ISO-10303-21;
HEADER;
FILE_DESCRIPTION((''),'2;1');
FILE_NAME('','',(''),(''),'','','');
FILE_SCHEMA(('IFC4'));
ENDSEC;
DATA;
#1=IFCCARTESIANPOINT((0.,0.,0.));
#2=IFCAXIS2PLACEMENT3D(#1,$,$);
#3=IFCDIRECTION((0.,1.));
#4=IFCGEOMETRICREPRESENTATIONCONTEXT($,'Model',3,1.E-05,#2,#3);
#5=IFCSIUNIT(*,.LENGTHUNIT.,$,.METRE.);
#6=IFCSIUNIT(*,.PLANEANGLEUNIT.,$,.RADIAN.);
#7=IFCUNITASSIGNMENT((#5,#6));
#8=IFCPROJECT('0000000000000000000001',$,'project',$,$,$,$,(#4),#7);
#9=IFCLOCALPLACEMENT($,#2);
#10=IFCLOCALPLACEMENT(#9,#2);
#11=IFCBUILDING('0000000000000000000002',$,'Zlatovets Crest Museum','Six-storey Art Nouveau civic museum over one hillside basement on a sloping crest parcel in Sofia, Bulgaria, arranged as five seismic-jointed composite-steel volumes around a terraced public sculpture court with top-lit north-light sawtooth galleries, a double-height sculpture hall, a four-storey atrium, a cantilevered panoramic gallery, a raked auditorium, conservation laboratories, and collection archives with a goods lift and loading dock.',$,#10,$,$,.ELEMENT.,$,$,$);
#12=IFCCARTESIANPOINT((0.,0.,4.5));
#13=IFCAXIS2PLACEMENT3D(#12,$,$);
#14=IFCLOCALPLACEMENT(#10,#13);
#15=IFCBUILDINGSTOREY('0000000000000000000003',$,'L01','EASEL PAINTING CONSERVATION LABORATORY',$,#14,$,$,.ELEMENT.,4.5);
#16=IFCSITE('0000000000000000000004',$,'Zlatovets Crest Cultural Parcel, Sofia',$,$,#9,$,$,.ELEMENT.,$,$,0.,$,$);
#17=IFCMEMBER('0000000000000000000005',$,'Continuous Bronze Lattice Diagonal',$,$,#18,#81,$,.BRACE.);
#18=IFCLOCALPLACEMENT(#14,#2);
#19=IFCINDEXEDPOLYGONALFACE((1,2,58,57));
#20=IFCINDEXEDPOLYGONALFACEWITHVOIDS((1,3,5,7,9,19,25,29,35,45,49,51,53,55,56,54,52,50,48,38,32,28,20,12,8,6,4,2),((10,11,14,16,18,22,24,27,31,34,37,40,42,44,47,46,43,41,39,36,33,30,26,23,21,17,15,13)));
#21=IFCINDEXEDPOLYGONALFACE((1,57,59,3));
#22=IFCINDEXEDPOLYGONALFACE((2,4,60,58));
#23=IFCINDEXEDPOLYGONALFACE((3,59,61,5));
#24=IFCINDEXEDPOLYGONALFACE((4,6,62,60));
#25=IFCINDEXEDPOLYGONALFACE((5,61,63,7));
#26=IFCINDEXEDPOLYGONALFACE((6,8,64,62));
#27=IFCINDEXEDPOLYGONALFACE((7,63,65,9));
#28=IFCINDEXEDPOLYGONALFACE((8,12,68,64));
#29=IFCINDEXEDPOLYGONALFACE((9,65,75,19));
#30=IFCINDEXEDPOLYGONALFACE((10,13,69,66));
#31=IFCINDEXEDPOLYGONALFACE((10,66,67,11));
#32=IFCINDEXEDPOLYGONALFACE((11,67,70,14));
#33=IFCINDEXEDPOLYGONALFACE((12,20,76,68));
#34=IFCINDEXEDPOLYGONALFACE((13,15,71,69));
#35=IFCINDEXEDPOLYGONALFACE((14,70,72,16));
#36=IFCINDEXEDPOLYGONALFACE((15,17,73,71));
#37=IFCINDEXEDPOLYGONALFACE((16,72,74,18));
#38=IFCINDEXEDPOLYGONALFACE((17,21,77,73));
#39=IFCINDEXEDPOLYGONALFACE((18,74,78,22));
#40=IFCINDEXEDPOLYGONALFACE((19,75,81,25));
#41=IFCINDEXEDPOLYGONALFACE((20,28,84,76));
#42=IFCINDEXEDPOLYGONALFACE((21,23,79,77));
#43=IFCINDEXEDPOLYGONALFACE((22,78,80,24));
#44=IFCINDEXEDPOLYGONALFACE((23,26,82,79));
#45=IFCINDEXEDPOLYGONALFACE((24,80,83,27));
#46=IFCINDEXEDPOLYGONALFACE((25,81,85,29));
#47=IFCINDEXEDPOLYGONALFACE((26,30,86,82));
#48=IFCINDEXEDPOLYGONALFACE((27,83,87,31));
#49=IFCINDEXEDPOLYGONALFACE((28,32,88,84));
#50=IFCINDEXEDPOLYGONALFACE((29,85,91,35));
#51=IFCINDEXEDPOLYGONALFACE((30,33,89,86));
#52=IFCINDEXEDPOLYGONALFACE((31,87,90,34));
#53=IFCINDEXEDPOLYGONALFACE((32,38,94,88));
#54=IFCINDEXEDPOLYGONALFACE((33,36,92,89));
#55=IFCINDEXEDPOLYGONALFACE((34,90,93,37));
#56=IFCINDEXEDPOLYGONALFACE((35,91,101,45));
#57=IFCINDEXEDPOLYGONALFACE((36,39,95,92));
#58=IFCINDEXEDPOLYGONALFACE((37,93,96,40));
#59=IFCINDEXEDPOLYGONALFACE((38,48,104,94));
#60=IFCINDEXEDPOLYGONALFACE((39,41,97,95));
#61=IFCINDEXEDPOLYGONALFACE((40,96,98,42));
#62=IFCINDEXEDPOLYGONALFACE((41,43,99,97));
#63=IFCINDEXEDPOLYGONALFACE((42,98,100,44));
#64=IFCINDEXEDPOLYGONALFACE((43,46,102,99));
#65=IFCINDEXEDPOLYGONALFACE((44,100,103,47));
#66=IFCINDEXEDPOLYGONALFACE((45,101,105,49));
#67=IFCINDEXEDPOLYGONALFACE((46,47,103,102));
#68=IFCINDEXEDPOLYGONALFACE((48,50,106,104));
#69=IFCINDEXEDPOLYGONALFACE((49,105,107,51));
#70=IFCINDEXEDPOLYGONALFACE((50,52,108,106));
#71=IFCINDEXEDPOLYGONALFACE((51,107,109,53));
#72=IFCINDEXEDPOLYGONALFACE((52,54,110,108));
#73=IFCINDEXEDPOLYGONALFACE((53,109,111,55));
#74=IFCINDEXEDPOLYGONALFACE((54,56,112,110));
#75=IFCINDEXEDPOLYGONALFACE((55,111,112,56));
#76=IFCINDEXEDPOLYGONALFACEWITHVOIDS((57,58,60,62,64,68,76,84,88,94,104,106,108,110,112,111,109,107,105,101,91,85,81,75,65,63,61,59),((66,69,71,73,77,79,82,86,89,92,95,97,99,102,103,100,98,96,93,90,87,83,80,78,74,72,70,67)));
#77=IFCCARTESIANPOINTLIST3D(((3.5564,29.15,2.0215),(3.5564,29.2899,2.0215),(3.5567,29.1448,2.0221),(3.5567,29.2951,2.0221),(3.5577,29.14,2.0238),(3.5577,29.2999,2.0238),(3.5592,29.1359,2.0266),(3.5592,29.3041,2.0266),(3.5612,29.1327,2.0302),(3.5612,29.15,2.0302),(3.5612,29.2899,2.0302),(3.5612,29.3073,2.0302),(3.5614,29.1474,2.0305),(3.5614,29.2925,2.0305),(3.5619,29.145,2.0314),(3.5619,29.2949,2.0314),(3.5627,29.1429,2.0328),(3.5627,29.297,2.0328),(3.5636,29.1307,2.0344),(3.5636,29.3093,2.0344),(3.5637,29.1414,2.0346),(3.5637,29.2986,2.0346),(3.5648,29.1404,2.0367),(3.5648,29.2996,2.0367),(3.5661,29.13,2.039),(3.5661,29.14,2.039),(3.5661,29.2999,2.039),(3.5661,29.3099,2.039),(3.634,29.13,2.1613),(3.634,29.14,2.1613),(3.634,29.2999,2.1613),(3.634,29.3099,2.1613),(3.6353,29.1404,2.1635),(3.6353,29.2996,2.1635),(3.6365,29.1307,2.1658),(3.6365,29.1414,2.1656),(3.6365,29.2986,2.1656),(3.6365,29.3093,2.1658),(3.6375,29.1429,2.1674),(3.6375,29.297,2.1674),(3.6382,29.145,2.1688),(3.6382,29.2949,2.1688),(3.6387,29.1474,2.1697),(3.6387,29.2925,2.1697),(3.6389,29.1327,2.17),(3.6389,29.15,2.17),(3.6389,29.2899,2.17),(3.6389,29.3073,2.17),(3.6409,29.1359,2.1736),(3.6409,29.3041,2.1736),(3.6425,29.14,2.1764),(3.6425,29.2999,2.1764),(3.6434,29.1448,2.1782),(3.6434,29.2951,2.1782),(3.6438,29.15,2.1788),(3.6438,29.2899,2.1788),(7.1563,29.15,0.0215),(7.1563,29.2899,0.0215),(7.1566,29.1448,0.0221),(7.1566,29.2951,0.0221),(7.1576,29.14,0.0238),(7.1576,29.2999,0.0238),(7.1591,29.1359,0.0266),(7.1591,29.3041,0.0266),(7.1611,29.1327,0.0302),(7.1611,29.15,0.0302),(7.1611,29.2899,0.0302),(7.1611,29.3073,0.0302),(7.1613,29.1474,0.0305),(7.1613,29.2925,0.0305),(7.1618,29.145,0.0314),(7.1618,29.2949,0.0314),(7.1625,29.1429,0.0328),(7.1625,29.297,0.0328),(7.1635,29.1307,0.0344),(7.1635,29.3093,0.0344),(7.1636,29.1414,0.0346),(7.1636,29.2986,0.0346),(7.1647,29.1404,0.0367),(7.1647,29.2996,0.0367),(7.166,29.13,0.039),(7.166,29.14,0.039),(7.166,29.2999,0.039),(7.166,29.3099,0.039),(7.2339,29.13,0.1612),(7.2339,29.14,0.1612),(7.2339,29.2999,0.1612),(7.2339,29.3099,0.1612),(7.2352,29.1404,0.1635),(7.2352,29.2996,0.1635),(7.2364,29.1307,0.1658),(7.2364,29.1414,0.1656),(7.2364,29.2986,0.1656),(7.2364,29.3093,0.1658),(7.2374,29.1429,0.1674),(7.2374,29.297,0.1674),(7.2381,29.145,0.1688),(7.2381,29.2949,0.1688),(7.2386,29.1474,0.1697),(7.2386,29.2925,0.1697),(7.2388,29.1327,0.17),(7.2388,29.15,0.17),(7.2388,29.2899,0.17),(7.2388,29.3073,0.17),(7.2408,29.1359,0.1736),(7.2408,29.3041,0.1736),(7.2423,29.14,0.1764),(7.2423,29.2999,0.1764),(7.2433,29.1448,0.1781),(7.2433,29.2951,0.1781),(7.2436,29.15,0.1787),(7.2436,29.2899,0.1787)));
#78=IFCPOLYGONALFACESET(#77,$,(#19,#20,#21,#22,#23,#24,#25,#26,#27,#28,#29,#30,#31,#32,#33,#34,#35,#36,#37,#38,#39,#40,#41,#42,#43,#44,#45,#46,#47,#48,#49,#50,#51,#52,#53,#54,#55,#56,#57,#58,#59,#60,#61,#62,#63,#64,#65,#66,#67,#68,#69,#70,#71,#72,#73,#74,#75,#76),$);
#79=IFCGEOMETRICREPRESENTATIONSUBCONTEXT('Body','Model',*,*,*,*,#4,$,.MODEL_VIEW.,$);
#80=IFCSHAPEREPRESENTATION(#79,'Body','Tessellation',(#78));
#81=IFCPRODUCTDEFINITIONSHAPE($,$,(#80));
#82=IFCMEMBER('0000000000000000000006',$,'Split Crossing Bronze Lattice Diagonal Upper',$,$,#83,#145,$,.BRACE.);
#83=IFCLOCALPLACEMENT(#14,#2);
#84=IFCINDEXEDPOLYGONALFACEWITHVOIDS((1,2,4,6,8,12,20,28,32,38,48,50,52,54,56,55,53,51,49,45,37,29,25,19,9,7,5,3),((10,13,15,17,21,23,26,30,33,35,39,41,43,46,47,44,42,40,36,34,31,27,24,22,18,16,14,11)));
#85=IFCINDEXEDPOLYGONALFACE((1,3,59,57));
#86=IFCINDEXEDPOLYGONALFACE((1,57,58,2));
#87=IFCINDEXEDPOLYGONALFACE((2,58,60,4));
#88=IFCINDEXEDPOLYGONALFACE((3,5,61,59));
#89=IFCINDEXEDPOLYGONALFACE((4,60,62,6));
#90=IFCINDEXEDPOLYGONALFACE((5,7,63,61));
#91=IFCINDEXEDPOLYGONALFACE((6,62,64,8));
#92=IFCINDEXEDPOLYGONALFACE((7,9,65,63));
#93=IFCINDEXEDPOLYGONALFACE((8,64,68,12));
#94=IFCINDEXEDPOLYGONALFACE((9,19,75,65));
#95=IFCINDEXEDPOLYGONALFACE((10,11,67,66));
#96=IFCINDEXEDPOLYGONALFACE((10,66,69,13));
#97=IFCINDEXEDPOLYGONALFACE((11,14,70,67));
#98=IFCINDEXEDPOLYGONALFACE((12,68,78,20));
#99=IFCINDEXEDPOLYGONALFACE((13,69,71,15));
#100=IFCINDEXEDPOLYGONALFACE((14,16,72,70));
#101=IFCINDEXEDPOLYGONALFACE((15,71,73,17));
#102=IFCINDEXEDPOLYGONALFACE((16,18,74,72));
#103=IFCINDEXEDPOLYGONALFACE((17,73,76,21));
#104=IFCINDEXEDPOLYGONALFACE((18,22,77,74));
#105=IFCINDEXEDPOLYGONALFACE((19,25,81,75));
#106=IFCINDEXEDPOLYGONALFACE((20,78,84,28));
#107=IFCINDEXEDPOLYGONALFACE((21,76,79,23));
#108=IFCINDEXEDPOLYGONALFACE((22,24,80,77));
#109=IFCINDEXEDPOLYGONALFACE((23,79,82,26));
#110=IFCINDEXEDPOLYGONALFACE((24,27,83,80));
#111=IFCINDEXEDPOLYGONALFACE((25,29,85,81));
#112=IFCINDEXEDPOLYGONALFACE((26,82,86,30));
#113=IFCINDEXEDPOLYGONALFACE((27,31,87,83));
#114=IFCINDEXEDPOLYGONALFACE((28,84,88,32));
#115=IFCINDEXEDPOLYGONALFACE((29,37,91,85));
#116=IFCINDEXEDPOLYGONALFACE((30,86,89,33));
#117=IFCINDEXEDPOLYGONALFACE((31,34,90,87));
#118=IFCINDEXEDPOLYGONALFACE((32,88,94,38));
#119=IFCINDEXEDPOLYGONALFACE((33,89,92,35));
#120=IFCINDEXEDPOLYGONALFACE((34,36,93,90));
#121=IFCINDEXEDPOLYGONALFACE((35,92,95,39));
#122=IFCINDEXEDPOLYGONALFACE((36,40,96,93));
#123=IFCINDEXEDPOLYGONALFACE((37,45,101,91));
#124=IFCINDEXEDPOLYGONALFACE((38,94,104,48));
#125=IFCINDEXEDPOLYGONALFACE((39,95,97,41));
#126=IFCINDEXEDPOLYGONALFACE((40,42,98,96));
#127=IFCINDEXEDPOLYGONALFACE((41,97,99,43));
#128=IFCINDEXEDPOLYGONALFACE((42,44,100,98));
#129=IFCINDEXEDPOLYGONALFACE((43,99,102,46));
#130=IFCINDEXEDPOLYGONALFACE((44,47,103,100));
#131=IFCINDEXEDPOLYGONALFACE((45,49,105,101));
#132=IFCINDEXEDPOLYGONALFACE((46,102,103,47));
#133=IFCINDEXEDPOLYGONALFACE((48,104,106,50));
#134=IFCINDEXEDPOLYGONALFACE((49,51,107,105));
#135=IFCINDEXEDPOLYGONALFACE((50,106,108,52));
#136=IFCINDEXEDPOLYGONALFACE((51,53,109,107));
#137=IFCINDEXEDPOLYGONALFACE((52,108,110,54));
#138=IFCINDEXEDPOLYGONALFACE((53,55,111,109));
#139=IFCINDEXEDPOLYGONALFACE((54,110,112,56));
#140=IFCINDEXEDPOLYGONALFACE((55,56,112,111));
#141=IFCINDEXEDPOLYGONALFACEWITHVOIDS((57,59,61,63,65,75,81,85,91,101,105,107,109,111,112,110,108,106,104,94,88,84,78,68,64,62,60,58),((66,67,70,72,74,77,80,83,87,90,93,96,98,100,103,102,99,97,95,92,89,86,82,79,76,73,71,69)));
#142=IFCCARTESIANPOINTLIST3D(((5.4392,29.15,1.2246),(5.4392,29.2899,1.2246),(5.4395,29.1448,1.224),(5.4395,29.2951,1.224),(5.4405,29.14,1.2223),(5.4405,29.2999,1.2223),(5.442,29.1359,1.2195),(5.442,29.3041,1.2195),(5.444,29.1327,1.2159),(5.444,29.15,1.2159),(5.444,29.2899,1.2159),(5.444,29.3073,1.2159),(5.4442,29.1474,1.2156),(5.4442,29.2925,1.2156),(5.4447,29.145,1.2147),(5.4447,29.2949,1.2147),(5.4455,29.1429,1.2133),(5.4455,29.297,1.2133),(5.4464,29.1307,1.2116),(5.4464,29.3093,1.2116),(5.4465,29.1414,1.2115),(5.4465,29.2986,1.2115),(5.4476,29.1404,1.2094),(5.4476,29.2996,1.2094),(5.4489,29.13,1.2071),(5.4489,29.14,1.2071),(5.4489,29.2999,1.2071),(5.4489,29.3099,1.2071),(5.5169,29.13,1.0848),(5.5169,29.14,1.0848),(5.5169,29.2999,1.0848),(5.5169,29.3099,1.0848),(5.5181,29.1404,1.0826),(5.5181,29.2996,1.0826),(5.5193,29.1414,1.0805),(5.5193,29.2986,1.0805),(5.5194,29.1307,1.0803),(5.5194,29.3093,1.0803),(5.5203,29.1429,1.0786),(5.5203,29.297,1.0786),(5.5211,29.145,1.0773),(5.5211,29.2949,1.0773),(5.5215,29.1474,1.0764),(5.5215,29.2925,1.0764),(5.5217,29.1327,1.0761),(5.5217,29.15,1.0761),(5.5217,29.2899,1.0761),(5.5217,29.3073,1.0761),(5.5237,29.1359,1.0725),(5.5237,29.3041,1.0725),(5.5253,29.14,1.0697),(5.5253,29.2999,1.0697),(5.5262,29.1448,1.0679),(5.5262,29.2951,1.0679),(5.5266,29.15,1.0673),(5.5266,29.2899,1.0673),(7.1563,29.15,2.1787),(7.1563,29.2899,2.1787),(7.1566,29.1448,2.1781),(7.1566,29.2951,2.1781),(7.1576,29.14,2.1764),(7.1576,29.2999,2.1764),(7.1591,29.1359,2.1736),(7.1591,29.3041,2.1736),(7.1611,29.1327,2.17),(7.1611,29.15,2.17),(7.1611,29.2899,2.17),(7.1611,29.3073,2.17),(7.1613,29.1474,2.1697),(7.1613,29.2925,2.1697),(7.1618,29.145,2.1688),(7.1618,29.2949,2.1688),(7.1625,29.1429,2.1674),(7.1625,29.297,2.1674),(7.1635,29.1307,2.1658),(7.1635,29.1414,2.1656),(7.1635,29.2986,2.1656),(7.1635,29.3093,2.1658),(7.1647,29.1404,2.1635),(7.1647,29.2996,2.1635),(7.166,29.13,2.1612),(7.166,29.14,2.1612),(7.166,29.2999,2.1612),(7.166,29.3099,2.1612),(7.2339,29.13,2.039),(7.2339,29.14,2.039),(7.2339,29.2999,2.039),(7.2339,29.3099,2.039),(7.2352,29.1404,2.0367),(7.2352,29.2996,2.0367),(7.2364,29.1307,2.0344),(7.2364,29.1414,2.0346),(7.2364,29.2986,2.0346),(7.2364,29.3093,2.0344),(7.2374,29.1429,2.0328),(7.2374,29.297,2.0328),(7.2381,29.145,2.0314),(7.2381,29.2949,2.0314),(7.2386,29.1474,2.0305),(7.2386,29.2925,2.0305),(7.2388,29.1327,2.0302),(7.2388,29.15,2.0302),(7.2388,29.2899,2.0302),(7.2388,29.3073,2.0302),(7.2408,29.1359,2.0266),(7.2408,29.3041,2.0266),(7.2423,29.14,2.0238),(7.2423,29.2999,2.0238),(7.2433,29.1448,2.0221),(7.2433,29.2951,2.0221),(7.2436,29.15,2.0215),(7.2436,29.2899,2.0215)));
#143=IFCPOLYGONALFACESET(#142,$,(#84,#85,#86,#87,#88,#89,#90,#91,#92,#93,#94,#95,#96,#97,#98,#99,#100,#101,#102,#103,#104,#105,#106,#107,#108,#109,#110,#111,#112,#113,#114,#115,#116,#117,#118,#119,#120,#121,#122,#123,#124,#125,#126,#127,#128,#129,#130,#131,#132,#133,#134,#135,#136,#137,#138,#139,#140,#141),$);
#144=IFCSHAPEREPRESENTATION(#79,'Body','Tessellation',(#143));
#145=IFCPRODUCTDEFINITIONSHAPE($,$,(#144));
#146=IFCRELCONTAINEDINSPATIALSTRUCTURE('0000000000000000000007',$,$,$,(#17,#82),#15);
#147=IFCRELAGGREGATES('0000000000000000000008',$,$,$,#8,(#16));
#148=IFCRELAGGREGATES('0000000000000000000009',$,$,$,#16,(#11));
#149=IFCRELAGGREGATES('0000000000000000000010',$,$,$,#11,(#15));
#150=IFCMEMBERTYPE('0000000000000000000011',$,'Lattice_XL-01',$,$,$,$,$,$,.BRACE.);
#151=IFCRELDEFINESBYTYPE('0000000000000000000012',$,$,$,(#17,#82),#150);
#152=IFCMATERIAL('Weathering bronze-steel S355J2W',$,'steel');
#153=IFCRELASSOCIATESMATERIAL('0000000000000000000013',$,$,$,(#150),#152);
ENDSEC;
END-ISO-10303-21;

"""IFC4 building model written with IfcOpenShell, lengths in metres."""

from ifc_helpers import new_model, si_unit, direction, frame, origin, origin_2d, place, context, subcontext, project, spatial, hollow_rectangle, extrude, material, material_profile, profile_set, type_object, element, save


model = new_model("IFC4")

# Units and contexts
model_context = context("Model", 3, precision=1e-05, world=origin(), true_north=direction((0.0, 1.0)))
body_context = subcontext(model_context, "Body", "Model", "MODEL_VIEW")
ifc_project = project(units=[si_unit("LENGTHUNIT", "METRE"), si_unit("PLANEANGLEUNIT", "RADIAN")], contexts=[model_context])

# Site, building, storey
site_placement = place(None, origin())
site = spatial("IfcSite", under=ifc_project, at=site_placement, Name="Zlatovets Crest Cultural Parcel, Sofia", CompositionType="ELEMENT", RefElevation=0.0)
building_placement = place(site_placement, origin())
building = spatial("IfcBuilding", under=site, at=building_placement, Name="Zlatovets Crest Museum", Description="Six-storey Art Nouveau civic museum over one hillside basement on a sloping crest parcel in Sofia, Bulgaria, arranged as five seismic-jointed composite-steel volumes around a terraced public sculpture court with top-lit north-light sawtooth galleries, a double-height sculpture hall, a four-storey atrium, a cantilevered panoramic gallery, a raked auditorium, conservation laboratories, and collection archives with a goods lift and loading dock.", CompositionType="ELEMENT")
storey_placement = place(building_placement, frame((0.0, 0.0, 4.5)))
storey = spatial("IfcBuildingStorey", under=building, at=storey_placement, Name="L01", Description="EASEL PAINTING CONSERVATION LABORATORY", CompositionType="ELEMENT", Elevation=4.5)

# Members
ifc_material_1 = material(Name="Weathering bronze-steel S355J2W", Category="steel")
ifc_material_profile_1 = material_profile(ifc_material_1, hollow_rectangle(XDim=0.1799, YDim=0.1799, WallThickness=0.01, InnerFilletRadius=0.01, OuterFilletRadius=0.02, at=origin_2d()), Name="SHS 180x180x10.0")
ifc_profile_set_1 = profile_set([ifc_material_profile_1], Name="Weathering bronze-steel S355J2W")
member_type_1 = type_object("IfcMemberType", Name="Lattice_XL-01", PredefinedType="BRACE", material=ifc_profile_set_1)
member_1_placement = place(storey_placement, frame((7.2, 29.22, 0.1001), z_axis=(-0.874149, 0.0, 0.485658), x_axis=(0.0, -1.0, 0.0)))
element("IfcMember", 1, at=member_1_placement, inside=storey, type_object=member_type_1, Name="Continuous Bronze Lattice Diagonal", PredefinedType="BRACE", context=body_context, shape_type="SweptSolid", body=[
    extrude(hollow_rectangle(XDim=0.1799, YDim=0.1799, WallThickness=0.01, InnerFilletRadius=0.01, OuterFilletRadius=0.02, at=origin_2d()), origin(), (0.0, 0.0, 1.0), 4.1182),
])
member_2_placement = place(storey_placement, frame((7.2, 29.22, 2.1001), z_axis=(-0.874116, 0.0, -0.485717), x_axis=(0.0, -1.0, 0.0)))
element("IfcMember", 2, at=member_2_placement, inside=storey, type_object=member_type_1, Name="Split Crossing Bronze Lattice Diagonal Upper", PredefinedType="BRACE", context=body_context, shape_type="SweptSolid", body=[
    extrude(hollow_rectangle(XDim=0.1799, YDim=0.1799, WallThickness=0.01, InnerFilletRadius=0.01, OuterFilletRadius=0.02, at=origin_2d()), origin(), (0.0, 0.0, 1.0), 1.9644),
])

save(model, "model.ifc")
